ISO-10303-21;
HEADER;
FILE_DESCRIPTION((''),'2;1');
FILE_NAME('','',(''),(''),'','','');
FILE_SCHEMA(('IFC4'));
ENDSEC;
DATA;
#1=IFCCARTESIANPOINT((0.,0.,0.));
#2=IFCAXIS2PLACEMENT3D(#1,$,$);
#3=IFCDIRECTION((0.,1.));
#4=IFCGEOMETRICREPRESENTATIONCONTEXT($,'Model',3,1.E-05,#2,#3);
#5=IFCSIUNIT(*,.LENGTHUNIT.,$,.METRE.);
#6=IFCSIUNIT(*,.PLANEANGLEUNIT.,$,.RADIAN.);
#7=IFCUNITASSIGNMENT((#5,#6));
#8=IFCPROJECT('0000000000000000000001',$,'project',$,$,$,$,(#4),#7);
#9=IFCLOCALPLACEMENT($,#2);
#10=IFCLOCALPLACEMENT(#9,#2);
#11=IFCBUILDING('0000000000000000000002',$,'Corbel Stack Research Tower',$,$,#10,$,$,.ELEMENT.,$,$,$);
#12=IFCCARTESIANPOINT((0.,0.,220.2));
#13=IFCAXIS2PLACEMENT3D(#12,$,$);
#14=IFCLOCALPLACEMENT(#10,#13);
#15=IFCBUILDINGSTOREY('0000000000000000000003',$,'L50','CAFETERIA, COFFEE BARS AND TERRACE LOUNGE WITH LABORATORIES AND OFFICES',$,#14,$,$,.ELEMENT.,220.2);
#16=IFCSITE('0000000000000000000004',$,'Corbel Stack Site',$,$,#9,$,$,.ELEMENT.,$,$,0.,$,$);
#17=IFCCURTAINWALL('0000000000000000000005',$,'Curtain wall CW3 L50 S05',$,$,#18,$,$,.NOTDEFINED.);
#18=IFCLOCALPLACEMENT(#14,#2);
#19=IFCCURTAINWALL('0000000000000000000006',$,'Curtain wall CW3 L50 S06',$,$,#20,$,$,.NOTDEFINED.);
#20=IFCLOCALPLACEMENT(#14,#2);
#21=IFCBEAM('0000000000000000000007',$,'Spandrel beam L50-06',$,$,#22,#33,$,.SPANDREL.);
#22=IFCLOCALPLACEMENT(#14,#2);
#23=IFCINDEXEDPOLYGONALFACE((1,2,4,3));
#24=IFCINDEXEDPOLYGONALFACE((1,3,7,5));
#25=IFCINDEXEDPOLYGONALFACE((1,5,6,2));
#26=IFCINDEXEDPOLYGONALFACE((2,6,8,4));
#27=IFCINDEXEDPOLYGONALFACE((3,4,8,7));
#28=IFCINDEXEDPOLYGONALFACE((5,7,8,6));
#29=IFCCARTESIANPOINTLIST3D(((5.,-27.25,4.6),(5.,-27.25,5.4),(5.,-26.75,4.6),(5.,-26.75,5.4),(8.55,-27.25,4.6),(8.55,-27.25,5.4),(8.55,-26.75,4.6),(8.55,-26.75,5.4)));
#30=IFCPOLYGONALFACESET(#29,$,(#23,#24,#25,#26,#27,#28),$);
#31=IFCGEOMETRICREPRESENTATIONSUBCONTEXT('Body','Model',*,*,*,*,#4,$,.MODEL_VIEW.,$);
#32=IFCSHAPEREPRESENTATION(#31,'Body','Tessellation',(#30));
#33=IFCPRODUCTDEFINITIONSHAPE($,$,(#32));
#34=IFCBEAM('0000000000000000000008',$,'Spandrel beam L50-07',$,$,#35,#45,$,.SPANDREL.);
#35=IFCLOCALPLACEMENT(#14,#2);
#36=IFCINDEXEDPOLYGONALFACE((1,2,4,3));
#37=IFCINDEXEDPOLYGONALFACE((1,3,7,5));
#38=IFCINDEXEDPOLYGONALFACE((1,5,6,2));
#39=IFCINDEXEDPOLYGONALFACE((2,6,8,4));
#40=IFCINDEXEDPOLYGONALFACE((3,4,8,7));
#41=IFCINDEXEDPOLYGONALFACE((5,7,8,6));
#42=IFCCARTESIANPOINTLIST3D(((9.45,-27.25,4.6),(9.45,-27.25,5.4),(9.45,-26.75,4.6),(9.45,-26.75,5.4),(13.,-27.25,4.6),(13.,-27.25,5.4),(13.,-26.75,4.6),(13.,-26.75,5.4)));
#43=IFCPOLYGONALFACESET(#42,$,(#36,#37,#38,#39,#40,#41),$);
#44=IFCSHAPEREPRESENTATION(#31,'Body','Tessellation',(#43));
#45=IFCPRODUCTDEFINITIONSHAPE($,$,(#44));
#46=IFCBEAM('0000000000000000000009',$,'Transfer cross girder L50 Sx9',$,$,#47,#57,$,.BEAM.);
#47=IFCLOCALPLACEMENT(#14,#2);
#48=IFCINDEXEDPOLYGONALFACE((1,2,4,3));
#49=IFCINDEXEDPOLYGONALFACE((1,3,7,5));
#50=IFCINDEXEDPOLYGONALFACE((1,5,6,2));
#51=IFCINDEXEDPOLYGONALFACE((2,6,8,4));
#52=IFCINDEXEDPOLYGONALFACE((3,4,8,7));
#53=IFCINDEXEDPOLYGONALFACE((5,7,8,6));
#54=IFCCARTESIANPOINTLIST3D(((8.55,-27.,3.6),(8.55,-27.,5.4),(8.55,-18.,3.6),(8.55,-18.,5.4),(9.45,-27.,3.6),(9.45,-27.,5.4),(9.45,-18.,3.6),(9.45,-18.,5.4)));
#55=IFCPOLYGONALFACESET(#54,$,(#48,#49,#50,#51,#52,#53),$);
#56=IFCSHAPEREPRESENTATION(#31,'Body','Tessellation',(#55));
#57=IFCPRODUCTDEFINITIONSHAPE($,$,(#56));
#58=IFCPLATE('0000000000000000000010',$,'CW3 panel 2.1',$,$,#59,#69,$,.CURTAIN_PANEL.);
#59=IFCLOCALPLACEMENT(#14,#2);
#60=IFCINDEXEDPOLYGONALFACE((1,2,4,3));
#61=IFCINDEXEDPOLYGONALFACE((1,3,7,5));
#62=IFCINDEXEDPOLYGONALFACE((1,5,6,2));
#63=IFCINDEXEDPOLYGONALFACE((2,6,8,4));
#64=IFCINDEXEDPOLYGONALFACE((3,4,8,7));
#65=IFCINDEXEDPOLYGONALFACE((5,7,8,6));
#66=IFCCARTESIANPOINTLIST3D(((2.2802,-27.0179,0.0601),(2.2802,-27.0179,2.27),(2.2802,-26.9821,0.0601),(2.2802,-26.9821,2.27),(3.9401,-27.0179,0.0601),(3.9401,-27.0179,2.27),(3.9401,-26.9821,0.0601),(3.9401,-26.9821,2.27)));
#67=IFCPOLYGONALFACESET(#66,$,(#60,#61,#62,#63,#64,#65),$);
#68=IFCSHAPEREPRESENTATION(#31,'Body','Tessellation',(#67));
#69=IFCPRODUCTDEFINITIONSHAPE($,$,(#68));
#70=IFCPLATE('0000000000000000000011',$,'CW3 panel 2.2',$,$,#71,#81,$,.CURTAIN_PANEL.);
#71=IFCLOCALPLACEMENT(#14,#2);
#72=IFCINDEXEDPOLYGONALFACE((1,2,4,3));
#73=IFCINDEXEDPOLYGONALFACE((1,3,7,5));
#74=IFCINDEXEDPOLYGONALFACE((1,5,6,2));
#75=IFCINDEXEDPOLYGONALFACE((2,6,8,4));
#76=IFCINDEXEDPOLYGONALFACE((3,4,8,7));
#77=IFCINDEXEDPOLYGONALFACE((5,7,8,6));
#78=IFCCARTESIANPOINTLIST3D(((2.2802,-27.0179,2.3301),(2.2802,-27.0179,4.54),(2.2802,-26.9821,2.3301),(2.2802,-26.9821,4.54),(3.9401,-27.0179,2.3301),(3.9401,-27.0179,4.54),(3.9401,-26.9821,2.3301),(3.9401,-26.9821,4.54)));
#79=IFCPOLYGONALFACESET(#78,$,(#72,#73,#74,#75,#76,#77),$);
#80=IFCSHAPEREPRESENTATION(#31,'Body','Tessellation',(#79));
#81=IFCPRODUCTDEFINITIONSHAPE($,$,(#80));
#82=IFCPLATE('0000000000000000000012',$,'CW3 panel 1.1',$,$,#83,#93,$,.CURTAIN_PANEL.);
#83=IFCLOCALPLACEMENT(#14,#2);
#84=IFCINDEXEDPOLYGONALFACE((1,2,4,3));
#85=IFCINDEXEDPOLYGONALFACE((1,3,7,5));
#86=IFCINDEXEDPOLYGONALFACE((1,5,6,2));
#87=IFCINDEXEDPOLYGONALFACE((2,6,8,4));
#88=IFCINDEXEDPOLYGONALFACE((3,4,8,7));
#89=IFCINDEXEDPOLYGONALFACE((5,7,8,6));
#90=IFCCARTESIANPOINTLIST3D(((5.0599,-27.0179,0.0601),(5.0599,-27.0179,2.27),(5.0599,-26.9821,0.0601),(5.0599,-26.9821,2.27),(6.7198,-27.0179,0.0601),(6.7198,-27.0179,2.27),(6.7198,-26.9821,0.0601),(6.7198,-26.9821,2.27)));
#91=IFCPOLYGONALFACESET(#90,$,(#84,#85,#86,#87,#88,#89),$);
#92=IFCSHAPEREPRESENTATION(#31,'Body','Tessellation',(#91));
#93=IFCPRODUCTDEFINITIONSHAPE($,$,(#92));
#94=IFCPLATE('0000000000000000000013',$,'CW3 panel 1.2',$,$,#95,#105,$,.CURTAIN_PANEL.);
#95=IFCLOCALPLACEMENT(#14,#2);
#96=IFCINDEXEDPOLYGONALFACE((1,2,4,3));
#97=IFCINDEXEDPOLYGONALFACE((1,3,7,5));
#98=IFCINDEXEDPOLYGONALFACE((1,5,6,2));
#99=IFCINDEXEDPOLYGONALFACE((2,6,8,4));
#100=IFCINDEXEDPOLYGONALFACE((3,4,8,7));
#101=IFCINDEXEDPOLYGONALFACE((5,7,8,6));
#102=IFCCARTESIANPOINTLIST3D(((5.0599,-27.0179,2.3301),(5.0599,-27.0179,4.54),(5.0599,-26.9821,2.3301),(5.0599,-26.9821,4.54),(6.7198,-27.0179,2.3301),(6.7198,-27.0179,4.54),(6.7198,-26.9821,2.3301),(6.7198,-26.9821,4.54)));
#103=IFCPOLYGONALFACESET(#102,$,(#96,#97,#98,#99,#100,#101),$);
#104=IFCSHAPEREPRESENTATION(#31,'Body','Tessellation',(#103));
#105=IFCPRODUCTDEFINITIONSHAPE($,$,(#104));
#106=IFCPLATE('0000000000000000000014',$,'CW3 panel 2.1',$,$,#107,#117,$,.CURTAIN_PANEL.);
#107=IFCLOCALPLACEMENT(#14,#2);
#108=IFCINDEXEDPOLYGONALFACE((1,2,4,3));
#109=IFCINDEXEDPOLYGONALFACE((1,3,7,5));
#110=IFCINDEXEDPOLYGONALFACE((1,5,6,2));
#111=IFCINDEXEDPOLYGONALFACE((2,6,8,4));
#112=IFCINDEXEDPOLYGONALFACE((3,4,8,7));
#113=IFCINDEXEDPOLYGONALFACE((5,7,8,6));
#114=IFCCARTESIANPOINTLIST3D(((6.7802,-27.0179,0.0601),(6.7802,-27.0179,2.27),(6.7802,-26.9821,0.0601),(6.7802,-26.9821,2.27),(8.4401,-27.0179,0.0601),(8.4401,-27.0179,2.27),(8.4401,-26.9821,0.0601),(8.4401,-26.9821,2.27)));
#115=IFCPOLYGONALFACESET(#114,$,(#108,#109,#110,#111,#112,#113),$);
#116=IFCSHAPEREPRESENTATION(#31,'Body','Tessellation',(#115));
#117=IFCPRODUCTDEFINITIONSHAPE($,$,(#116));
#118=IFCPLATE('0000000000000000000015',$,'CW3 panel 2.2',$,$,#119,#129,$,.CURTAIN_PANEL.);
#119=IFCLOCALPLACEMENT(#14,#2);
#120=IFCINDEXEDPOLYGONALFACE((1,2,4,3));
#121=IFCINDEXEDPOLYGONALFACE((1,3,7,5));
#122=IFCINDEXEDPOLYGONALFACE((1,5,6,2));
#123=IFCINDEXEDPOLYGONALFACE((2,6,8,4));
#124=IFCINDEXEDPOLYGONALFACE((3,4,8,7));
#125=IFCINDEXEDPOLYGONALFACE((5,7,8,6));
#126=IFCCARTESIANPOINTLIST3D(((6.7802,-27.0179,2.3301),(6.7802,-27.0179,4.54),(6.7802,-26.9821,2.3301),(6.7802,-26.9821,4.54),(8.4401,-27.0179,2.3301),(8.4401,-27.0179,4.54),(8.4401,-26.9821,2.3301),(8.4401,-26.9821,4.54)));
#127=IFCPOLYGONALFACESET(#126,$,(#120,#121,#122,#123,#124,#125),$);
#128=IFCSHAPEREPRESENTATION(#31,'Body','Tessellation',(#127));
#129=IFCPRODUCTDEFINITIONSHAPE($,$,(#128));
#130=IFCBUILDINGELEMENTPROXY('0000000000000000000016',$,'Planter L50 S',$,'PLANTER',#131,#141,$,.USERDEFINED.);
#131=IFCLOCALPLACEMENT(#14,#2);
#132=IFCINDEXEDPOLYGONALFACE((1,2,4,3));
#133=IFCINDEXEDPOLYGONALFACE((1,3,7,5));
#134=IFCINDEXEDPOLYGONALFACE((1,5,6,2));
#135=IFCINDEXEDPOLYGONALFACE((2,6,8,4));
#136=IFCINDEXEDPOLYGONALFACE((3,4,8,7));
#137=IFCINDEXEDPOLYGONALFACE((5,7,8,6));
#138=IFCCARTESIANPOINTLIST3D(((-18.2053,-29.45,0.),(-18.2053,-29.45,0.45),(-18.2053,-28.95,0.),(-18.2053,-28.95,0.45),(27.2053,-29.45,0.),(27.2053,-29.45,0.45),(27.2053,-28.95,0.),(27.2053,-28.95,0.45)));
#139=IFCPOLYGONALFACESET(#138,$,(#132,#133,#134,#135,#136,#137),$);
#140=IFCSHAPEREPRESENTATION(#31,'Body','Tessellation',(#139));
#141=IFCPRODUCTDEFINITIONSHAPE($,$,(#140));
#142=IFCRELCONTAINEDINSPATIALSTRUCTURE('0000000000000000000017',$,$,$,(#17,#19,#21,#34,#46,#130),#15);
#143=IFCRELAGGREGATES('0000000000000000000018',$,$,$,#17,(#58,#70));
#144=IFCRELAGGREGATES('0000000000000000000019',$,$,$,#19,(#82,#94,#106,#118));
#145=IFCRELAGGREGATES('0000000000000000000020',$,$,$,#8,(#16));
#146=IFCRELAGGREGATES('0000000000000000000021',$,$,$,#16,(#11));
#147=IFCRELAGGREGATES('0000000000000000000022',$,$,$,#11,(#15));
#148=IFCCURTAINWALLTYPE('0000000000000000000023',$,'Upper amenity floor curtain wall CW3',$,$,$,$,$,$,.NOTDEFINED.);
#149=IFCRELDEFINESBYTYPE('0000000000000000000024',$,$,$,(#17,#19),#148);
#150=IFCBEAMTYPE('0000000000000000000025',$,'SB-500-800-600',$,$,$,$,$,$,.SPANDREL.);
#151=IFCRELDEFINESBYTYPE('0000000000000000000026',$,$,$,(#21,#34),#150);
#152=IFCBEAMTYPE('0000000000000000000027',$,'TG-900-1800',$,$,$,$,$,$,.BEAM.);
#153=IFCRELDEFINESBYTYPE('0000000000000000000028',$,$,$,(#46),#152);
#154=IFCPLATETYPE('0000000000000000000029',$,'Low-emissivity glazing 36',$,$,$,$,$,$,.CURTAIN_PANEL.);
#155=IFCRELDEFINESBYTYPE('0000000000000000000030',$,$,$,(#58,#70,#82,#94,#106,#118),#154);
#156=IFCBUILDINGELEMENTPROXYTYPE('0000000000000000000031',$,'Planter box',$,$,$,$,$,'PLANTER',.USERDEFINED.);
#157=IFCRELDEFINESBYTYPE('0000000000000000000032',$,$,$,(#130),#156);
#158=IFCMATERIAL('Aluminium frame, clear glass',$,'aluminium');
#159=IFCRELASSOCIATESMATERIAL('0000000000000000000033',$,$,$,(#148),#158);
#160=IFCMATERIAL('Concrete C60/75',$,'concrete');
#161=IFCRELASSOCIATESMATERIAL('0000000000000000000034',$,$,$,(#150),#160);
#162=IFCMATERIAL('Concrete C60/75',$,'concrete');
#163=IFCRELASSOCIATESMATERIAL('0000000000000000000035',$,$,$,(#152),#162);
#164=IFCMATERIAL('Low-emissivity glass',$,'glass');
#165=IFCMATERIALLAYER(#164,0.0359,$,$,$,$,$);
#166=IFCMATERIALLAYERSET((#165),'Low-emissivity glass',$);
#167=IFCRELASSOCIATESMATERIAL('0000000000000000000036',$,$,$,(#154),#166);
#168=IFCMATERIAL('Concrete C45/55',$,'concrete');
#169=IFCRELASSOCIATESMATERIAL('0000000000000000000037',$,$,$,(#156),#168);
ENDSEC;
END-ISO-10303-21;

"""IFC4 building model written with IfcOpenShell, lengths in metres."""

from ifc_helpers import new_model, si_unit, direction, frame, origin, origin_2d, place, context, subcontext, project, spatial, rectangle, extrude, material, layer, layer_set, material_profile, profile_set, type_object, element, aggregate, save


model = new_model("IFC4")

# Units and contexts
model_context = context("Model", 3, precision=1e-05, world=origin(), true_north=direction((0.0, 1.0)))
body_context = subcontext(model_context, "Body", "Model", "MODEL_VIEW")
ifc_project = project(units=[si_unit("LENGTHUNIT", "METRE"), si_unit("PLANEANGLEUNIT", "RADIAN")], contexts=[model_context])

# Site, building, storey
site_placement = place(None, origin())
site = spatial("IfcSite", under=ifc_project, at=site_placement, Name="Corbel Stack Site", CompositionType="ELEMENT", RefElevation=0.0)
building_placement = place(site_placement, origin())
building = spatial("IfcBuilding", under=site, at=building_placement, Name="Corbel Stack Research Tower", CompositionType="ELEMENT")
storey_placement = place(building_placement, frame((0.0, 0.0, 220.2)))
storey = spatial("IfcBuildingStorey", under=building, at=storey_placement, Name="L50", Description="CAFETERIA, COFFEE BARS AND TERRACE LOUNGE WITH LABORATORIES AND OFFICES", CompositionType="ELEMENT", Elevation=220.2)

# Curtain wall
ifc_material_1 = material(Name="Aluminium frame, clear glass", Category="aluminium")
curtain_wall_type = type_object("IfcCurtainWallType", Name="Upper amenity floor curtain wall CW3", PredefinedType="NOTDEFINED", material=ifc_material_1)
curtain_wall_1_placement = place(storey_placement, origin())
curtain_wall_1 = element("IfcCurtainWall", 1, at=curtain_wall_1_placement, inside=storey, type_object=curtain_wall_type, Name="Curtain wall CW3 L50 S05", PredefinedType="NOTDEFINED")

# Curtain wall
curtain_wall_2_placement = place(storey_placement, origin())
curtain_wall_2 = element("IfcCurtainWall", 2, at=curtain_wall_2_placement, inside=storey, type_object=curtain_wall_type, Name="Curtain wall CW3 L50 S06", PredefinedType="NOTDEFINED")

# Beams
ifc_material_2 = material(Name="Concrete C60/75", Category="concrete")
ifc_material_profile_1 = material_profile(ifc_material_2, rectangle(XDim=0.5, YDim=0.8, at=origin_2d()), Name="RC 500 x 800")
ifc_profile_set_1 = profile_set([ifc_material_profile_1], Name="Concrete C60/75")
beam_type_1 = type_object("IfcBeamType", Name="SB-500-800-600", PredefinedType="SPANDREL", material=ifc_profile_set_1)
for number, where, z_axis, x_axis, name in (
    (3, (5.0, -27.0, 5.0), (1.0, 0.0, 0.0), (0.0, 1.0, 0.0), "Spandrel beam L50-06"),
    (4, (9.45, -27.0, 5.0), (1.0, 0.0, 0.0), (0.0, 1.0, 0.0), "Spandrel beam L50-07"),
):
    element("IfcBeam", number, at=place(storey_placement, frame(where, z_axis=z_axis, x_axis=x_axis)), inside=storey, type_object=beam_type_1, Name=name, PredefinedType="SPANDREL", context=body_context, shape_type="SweptSolid", body=[
        extrude(rectangle(XDim=0.5, YDim=0.8, at=origin_2d()), origin(), (0.0, 0.0, 1.0), 3.55),
    ])
ifc_material_3 = material(Name="Concrete C60/75", Category="concrete")
ifc_material_profile_2 = material_profile(ifc_material_3, rectangle(XDim=0.8999, YDim=1.8, at=origin_2d()), Name="RC 900 x 1800")
ifc_profile_set_2 = profile_set([ifc_material_profile_2], Name="Concrete C60/75")
beam_type_2 = type_object("IfcBeamType", Name="TG-900-1800", PredefinedType="BEAM", material=ifc_profile_set_2)
beam_placement = place(storey_placement, frame((9.0, -27.0, 4.5), z_axis=(0.0, 1.0, 0.0), x_axis=(-1.0, 0.0, 0.0)))
element("IfcBeam", 5, at=beam_placement, inside=storey, type_object=beam_type_2, Name="Transfer cross girder L50 Sx9", PredefinedType="BEAM", context=body_context, shape_type="SweptSolid", body=[
    extrude(rectangle(XDim=0.8999, YDim=1.8, at=origin_2d()), origin(), (0.0, 0.0, 1.0), 9.0),
])

# Plates
ifc_material_4 = material(Name="Low-emissivity glass", Category="glass")
ifc_layer = layer(ifc_material_4, 0.0359)
ifc_layer_set = layer_set([ifc_layer], Name="Low-emissivity glass")
plate_type = type_object("IfcPlateType", Name="Low-emissivity glazing 36", PredefinedType="CURTAIN_PANEL", material=ifc_layer_set)
plate_1_placement = place(storey_placement, frame((3.1101, -27.0, 0.0601), z_axis=(0.0, 0.0, 1.0), x_axis=(1.0, 0.0, 0.0)))
plate_1 = element("IfcPlate", 6, at=plate_1_placement, type_object=plate_type, Name="CW3 panel 2.1", PredefinedType="CURTAIN_PANEL", context=body_context, shape_type="SweptSolid", body=[
    extrude(rectangle(XDim=1.6599, YDim=0.0359, at=origin_2d()), origin(), (0.0, 0.0, 1.0), 2.21),
])
plate_2_placement = place(storey_placement, frame((3.1101, -27.0, 2.3301), z_axis=(0.0, 0.0, 1.0), x_axis=(1.0, 0.0, 0.0)))
plate_2 = element("IfcPlate", 7, at=plate_2_placement, type_object=plate_type, Name="CW3 panel 2.2", PredefinedType="CURTAIN_PANEL", context=body_context, shape_type="SweptSolid", body=[
    extrude(rectangle(XDim=1.6599, YDim=0.0359, at=origin_2d()), origin(), (0.0, 0.0, 1.0), 2.21),
])
aggregate(curtain_wall_1, [plate_1, plate_2])
plate_3_placement = place(storey_placement, frame((5.8899, -27.0, 0.0601), z_axis=(0.0, 0.0, 1.0), x_axis=(1.0, 0.0, 0.0)))
plate_3 = element("IfcPlate", 8, at=plate_3_placement, type_object=plate_type, Name="CW3 panel 1.1", PredefinedType="CURTAIN_PANEL", context=body_context, shape_type="SweptSolid", body=[
    extrude(rectangle(XDim=1.6599, YDim=0.0359, at=origin_2d()), origin(), (0.0, 0.0, 1.0), 2.21),
])
plate_4_placement = place(storey_placement, frame((5.8899, -27.0, 2.3301), z_axis=(0.0, 0.0, 1.0), x_axis=(1.0, 0.0, 0.0)))
plate_4 = element("IfcPlate", 9, at=plate_4_placement, type_object=plate_type, Name="CW3 panel 1.2", PredefinedType="CURTAIN_PANEL", context=body_context, shape_type="SweptSolid", body=[
    extrude(rectangle(XDim=1.6599, YDim=0.0359, at=origin_2d()), origin(), (0.0, 0.0, 1.0), 2.21),
])
plate_5_placement = place(storey_placement, frame((7.6101, -27.0, 0.0601), z_axis=(0.0, 0.0, 1.0), x_axis=(1.0, 0.0, 0.0)))
plate_5 = element("IfcPlate", 10, at=plate_5_placement, type_object=plate_type, Name="CW3 panel 2.1", PredefinedType="CURTAIN_PANEL", context=body_context, shape_type="SweptSolid", body=[
    extrude(rectangle(XDim=1.6599, YDim=0.0359, at=origin_2d()), origin(), (0.0, 0.0, 1.0), 2.21),
])
plate_6_placement = place(storey_placement, frame((7.6101, -27.0, 2.3301), z_axis=(0.0, 0.0, 1.0), x_axis=(1.0, 0.0, 0.0)))
plate_6 = element("IfcPlate", 11, at=plate_6_placement, type_object=plate_type, Name="CW3 panel 2.2", PredefinedType="CURTAIN_PANEL", context=body_context, shape_type="SweptSolid", body=[
    extrude(rectangle(XDim=1.6599, YDim=0.0359, at=origin_2d()), origin(), (0.0, 0.0, 1.0), 2.21),
])
aggregate(curtain_wall_2, [plate_3, plate_4, plate_5, plate_6])

# Building element proxy
ifc_material_5 = material(Name="Concrete C45/55", Category="concrete")
building_element_proxy_type = type_object("IfcBuildingElementProxyType", Name="Planter box", ElementType="PLANTER", PredefinedType="USERDEFINED", material=ifc_material_5)
proxy_placement = place(storey_placement, frame((4.5, -29.2, 0.0), z_axis=(0.0, 0.0, 1.0), x_axis=(1.0, 0.0, 0.0)))
element("IfcBuildingElementProxy", 12, at=proxy_placement, inside=storey, type_object=building_element_proxy_type, Name="Planter L50 S", ObjectType="PLANTER", PredefinedType="USERDEFINED", context=body_context, shape_type="SweptSolid", body=[
    extrude(rectangle(XDim=45.4106, YDim=0.5, at=origin_2d()), origin(), (0.0, 0.0, 1.0), 0.45),
])

save(model, "model.ifc")
